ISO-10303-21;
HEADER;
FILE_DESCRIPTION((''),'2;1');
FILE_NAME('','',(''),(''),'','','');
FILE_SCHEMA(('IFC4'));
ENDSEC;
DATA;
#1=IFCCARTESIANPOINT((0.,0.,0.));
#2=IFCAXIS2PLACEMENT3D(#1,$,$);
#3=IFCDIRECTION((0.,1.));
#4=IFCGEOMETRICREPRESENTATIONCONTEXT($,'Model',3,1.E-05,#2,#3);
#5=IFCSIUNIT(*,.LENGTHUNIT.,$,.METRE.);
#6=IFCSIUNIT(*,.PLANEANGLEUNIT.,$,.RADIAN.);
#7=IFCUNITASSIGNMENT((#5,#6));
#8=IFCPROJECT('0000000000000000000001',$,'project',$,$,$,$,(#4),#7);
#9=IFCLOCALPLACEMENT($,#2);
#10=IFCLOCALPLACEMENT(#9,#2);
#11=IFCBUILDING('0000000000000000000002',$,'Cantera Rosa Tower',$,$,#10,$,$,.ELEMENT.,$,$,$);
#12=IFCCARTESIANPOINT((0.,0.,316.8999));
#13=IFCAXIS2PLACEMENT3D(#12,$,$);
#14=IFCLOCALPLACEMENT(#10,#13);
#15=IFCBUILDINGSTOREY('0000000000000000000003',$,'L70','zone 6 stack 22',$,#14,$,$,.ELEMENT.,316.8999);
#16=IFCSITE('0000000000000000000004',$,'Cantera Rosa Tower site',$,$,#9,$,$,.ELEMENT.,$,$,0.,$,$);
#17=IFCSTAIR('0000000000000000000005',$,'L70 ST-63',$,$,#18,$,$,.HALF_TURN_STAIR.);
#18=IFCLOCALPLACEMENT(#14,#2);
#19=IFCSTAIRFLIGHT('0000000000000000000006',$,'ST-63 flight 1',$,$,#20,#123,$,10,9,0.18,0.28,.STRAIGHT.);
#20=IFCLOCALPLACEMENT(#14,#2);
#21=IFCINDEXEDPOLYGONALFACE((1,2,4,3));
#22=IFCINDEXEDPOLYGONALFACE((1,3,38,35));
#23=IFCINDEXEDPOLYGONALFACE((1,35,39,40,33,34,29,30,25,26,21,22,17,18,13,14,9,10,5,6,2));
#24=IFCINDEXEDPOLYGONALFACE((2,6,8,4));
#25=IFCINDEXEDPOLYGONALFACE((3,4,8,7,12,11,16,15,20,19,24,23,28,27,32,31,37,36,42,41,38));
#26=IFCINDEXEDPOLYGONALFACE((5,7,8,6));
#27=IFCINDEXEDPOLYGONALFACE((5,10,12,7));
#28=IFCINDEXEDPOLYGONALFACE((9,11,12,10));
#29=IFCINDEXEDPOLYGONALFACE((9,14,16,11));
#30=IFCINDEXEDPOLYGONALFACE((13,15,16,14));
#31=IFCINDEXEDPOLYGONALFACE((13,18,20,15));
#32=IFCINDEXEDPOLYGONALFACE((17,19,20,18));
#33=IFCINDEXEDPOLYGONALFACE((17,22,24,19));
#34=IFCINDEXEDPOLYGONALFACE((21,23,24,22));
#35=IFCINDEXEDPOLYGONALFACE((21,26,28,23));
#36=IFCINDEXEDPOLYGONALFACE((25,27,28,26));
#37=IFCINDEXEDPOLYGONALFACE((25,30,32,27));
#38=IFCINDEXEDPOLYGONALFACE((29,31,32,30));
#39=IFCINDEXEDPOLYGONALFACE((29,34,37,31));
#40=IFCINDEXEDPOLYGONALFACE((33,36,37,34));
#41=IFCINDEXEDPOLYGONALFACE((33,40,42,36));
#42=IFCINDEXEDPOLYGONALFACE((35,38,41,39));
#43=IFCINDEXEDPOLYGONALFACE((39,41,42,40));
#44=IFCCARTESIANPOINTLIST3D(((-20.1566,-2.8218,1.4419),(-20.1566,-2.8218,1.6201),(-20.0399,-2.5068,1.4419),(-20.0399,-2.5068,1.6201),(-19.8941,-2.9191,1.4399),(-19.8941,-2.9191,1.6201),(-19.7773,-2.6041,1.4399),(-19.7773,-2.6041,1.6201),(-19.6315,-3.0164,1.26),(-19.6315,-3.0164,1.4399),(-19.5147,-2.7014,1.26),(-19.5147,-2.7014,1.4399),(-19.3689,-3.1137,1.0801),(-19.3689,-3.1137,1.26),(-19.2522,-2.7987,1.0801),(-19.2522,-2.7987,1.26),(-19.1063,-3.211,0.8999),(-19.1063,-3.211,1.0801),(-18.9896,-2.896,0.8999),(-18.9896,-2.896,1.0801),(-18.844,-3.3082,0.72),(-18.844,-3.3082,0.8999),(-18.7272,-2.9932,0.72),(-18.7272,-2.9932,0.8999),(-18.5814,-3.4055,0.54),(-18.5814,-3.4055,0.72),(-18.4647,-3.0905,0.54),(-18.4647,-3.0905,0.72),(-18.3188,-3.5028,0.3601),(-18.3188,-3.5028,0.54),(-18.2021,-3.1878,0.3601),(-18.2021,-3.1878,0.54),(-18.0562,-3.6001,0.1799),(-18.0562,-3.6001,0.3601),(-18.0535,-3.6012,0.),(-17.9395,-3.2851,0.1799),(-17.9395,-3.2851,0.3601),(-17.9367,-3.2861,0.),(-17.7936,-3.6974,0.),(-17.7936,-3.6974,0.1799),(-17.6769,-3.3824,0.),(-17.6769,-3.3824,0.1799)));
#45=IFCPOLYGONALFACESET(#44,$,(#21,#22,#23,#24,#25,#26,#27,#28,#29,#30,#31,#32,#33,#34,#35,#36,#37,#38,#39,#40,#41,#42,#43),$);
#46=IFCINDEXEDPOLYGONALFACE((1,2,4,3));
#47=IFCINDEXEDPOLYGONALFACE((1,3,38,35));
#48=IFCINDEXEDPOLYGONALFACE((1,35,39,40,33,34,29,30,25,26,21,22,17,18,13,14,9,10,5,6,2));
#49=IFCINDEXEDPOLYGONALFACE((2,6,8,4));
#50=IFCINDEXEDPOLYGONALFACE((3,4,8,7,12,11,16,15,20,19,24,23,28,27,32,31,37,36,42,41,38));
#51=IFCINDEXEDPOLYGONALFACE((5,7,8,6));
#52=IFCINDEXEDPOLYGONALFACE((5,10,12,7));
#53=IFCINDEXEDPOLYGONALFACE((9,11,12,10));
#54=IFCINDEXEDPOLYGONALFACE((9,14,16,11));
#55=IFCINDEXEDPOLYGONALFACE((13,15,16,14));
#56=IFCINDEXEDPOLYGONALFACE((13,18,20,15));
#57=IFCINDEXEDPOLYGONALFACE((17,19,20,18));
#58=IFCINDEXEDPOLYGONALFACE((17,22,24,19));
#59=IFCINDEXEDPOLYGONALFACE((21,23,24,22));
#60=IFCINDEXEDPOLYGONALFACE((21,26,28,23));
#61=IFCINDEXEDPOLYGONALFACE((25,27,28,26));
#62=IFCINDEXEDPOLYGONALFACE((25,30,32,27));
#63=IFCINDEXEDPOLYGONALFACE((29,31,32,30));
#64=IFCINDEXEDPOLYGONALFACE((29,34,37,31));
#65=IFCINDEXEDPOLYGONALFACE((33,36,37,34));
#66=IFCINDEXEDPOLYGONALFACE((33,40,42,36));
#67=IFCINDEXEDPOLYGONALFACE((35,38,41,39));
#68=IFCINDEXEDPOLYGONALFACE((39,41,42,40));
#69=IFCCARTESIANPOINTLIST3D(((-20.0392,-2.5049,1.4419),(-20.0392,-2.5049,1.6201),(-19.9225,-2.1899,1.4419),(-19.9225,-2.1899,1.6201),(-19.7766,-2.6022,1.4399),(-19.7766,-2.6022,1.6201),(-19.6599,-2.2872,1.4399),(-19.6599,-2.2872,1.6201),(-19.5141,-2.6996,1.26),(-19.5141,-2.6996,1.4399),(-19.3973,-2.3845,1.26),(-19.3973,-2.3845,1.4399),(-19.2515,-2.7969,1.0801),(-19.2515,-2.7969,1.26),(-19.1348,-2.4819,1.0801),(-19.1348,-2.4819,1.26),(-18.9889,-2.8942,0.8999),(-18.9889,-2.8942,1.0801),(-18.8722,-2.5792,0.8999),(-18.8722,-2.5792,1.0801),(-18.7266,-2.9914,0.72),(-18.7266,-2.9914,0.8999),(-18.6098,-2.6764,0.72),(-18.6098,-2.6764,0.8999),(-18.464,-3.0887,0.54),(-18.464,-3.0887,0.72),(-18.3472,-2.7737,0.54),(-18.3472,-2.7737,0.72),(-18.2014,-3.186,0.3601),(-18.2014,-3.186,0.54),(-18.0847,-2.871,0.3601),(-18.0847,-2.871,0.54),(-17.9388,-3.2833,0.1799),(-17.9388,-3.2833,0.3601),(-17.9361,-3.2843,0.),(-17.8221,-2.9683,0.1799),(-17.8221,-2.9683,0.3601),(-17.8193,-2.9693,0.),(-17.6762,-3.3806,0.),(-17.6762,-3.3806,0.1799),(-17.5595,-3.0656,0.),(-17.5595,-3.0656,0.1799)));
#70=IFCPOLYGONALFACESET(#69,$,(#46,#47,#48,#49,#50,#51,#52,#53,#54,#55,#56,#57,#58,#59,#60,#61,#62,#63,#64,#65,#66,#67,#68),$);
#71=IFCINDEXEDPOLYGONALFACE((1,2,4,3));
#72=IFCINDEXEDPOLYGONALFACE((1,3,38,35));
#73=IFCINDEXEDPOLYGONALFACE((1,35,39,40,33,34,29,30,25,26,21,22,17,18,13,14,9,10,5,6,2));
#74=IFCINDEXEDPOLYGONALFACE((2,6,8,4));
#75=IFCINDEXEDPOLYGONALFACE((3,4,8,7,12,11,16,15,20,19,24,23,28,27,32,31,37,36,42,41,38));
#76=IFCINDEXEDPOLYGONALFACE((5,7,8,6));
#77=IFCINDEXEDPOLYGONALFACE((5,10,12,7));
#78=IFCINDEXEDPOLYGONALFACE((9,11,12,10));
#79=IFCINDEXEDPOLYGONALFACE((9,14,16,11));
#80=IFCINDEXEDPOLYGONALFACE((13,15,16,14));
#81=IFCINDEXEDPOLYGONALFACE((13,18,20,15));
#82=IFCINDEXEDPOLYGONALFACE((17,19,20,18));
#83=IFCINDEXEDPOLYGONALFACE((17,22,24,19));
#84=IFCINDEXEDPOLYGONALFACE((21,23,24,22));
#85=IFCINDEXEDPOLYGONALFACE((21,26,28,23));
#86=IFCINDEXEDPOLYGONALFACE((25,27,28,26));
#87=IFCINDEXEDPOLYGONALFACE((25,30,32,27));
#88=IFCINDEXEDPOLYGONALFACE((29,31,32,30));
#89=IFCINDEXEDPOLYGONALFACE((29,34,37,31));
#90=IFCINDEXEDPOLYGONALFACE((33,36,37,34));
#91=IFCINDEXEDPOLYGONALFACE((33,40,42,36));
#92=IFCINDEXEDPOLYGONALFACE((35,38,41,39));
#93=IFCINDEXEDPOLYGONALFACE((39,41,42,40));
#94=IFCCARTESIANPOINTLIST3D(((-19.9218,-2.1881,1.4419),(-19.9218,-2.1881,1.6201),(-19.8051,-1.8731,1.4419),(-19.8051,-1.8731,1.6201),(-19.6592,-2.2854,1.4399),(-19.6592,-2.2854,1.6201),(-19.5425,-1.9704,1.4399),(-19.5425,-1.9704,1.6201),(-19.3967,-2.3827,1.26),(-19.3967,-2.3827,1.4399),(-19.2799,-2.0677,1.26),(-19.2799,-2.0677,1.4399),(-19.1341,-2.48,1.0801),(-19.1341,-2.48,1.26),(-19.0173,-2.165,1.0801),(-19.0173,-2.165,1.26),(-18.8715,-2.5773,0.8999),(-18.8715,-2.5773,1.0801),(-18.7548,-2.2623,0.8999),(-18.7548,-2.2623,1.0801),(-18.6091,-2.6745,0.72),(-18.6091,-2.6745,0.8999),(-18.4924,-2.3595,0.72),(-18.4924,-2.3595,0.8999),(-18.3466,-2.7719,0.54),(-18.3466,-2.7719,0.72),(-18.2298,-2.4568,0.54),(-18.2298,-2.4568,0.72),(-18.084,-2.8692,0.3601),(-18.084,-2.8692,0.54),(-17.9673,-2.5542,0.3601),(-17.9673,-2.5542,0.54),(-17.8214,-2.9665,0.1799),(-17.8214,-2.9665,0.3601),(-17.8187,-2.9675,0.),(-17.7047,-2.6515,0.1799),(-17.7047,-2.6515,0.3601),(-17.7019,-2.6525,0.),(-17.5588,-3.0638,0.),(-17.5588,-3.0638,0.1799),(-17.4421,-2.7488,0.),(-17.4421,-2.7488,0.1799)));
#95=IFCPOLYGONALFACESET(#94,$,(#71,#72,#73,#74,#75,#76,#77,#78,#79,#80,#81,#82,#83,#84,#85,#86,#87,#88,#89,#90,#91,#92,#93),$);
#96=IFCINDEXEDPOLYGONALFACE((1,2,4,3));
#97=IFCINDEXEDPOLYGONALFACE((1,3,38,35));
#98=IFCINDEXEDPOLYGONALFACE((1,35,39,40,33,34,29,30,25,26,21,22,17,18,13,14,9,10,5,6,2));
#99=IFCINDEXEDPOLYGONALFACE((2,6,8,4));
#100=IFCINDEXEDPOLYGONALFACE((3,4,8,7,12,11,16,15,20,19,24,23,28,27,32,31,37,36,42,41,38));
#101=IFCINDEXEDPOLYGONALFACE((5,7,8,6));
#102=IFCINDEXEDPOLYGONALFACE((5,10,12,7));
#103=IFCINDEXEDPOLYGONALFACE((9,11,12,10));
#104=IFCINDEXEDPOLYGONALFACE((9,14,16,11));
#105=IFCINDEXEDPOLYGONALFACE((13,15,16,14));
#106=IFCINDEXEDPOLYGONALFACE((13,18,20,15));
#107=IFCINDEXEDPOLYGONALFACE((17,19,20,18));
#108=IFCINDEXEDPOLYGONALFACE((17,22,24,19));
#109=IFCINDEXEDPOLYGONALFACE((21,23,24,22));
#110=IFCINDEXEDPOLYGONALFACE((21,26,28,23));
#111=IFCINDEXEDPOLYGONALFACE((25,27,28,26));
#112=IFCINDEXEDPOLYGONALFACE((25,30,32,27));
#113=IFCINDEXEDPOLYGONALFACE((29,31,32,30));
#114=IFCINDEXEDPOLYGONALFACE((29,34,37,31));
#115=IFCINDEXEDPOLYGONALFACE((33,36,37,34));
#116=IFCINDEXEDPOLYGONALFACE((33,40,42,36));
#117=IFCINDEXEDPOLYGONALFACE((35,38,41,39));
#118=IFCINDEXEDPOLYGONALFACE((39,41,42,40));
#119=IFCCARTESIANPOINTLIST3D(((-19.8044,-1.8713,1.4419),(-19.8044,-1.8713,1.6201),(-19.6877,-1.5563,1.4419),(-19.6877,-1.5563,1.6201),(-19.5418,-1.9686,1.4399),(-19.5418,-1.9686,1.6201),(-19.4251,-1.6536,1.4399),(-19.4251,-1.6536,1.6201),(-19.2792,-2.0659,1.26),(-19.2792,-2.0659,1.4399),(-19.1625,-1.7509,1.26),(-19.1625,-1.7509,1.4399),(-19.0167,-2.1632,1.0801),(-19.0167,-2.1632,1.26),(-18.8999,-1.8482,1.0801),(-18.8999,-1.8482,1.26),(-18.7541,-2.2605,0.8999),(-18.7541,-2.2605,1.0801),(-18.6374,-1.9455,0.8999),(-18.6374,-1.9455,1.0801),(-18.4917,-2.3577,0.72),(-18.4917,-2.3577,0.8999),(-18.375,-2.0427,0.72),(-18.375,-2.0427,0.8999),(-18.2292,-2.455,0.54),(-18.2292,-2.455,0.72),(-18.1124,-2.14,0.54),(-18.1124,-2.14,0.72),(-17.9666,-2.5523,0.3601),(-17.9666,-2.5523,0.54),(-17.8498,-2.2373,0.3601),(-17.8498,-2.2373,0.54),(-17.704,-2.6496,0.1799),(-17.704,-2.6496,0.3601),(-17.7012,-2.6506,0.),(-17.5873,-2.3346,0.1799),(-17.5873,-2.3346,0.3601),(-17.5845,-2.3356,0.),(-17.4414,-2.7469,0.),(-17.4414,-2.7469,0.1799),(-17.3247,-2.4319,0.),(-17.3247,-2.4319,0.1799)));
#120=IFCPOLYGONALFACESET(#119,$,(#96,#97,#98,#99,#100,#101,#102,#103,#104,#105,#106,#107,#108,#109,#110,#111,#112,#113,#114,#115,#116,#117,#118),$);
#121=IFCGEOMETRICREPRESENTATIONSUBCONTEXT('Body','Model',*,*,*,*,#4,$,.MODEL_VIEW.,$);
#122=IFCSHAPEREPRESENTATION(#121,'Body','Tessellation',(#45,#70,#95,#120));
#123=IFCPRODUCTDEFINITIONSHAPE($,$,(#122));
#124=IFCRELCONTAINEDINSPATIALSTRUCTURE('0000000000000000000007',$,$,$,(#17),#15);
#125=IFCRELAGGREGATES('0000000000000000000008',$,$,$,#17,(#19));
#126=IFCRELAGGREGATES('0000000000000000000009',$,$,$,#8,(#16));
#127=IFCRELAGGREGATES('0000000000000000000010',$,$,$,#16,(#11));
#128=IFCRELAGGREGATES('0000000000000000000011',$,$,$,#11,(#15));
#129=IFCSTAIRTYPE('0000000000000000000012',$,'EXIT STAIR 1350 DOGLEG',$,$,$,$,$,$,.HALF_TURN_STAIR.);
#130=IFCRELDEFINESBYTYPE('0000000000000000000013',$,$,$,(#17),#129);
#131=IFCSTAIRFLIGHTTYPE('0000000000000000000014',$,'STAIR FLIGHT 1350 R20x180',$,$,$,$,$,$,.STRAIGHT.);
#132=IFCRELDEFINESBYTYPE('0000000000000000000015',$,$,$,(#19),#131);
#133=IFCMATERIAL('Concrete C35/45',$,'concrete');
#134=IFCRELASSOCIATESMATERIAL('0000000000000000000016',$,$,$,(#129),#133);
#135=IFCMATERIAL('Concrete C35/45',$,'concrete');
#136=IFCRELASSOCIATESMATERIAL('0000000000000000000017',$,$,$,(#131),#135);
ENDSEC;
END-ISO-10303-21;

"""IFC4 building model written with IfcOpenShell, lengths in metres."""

from ifc_helpers import new_model, si_unit, direction, frame, origin, place, context, subcontext, project, spatial, polyline, outline, extrude, material, type_object, element, aggregate, save


model = new_model("IFC4")

# Units and contexts
model_context = context("Model", 3, precision=1e-05, world=origin(), true_north=direction((0.0, 1.0)))
body_context = subcontext(model_context, "Body", "Model", "MODEL_VIEW")
ifc_project = project(units=[si_unit("LENGTHUNIT", "METRE"), si_unit("PLANEANGLEUNIT", "RADIAN")], contexts=[model_context])

# Site, building, storey
site_placement = place(None, origin())
site = spatial("IfcSite", under=ifc_project, at=site_placement, Name="Cantera Rosa Tower site", CompositionType="ELEMENT", RefElevation=0.0)
building_placement = place(site_placement, origin())
building = spatial("IfcBuilding", under=site, at=building_placement, Name="Cantera Rosa Tower", CompositionType="ELEMENT")
storey_placement = place(building_placement, frame((0.0, 0.0, 316.8999)))
storey = spatial("IfcBuildingStorey", under=building, at=storey_placement, Name="L70", Description="zone 6 stack 22", CompositionType="ELEMENT", Elevation=316.8999)

# Stair, stair flight
ifc_material_1 = material(Name="Concrete C35/45", Category="concrete")
stair_type = type_object("IfcStairType", Name="EXIT STAIR 1350 DOGLEG", PredefinedType="HALF_TURN_STAIR", material=ifc_material_1)
stair_placement = place(storey_placement, origin())
stair = element("IfcStair", 1, at=stair_placement, inside=storey, type_object=stair_type, Name="L70 ST-63", PredefinedType="HALF_TURN_STAIR")
ifc_material_2 = material(Name="Concrete C35/45", Category="concrete")
stair_flight_type = type_object("IfcStairFlightType", Name="STAIR FLIGHT 1350 R20x180", PredefinedType="STRAIGHT", material=ifc_material_2)
stair_flight_1_placement = place(storey_placement, frame((-17.5591, -3.0645, 0.0), z_axis=(0.0, 0.0, 1.0), x_axis=(-0.937687, 0.347481, 0.0)))
stair_flight_1 = element("IfcStairFlight", 2, at=stair_flight_1_placement, type_object=stair_flight_type, Name="ST-63 flight 1", NumberOfRisers=10, NumberOfTreads=9, PredefinedType="STRAIGHT", RiserHeight=0.18, TreadLength=0.28, context=body_context, shape_type="SweptSolid", body=[
    extrude(outline(polyline([(0.0, 0.0), (0.0, 0.1799), (0.28, 0.1799), (0.28, 0.3601), (0.5601, 0.3601), (0.5601, 0.54), (0.8401, 0.54), (0.8401, 0.72), (1.1201, 0.72), (1.1201, 0.8999), (1.3999, 0.8999), (1.3999, 1.0801), (1.6799, 1.0801), (1.6799, 1.26), (1.96, 1.26), (1.96, 1.4399), (2.24, 1.4399), (2.24, 1.6201), (2.52, 1.6201), (2.52, 1.8), (2.52, 1.4419), (0.2771, 0.0), (0.0, 0.0)])), frame((0.0, 0.675, 0.0), z_axis=(0.0, -1.0, 0.0), x_axis=(1.0, 0.0, 0.0)), (0.0, 0.0, 1.0), 0.3359),
    extrude(outline(polyline([(0.0, 0.0), (0.0, 0.1799), (0.28, 0.1799), (0.28, 0.3601), (0.5601, 0.3601), (0.5601, 0.54), (0.8401, 0.54), (0.8401, 0.72), (1.1201, 0.72), (1.1201, 0.8999), (1.3999, 0.8999), (1.3999, 1.0801), (1.6799, 1.0801), (1.6799, 1.26), (1.96, 1.26), (1.96, 1.4399), (2.24, 1.4399), (2.24, 1.6201), (2.52, 1.6201), (2.52, 1.8), (2.52, 1.4419), (0.2771, 0.0), (0.0, 0.0)])), frame((0.0, 0.3372, 0.0), z_axis=(0.0, -1.0, 0.0), x_axis=(1.0, 0.0, 0.0)), (0.0, 0.0, 1.0), 0.3359),
    extrude(outline(polyline([(0.0, 0.0), (0.0, 0.1799), (0.28, 0.1799), (0.28, 0.3601), (0.5601, 0.3601), (0.5601, 0.54), (0.8401, 0.54), (0.8401, 0.72), (1.1201, 0.72), (1.1201, 0.8999), (1.3999, 0.8999), (1.3999, 1.0801), (1.6799, 1.0801), (1.6799, 1.26), (1.96, 1.26), (1.96, 1.4399), (2.24, 1.4399), (2.24, 1.6201), (2.52, 1.6201), (2.52, 1.8), (2.52, 1.4419), (0.2771, 0.0), (0.0, 0.0)])), frame((0.0, -0.0007, 0.0), z_axis=(0.0, -1.0, 0.0), x_axis=(1.0, 0.0, 0.0)), (0.0, 0.0, 1.0), 0.3359),
    extrude(outline(polyline([(0.0, 0.0), (0.0, 0.1799), (0.28, 0.1799), (0.28, 0.3601), (0.5601, 0.3601), (0.5601, 0.54), (0.8401, 0.54), (0.8401, 0.72), (1.1201, 0.72), (1.1201, 0.8999), (1.3999, 0.8999), (1.3999, 1.0801), (1.6799, 1.0801), (1.6799, 1.26), (1.96, 1.26), (1.96, 1.4399), (2.24, 1.4399), (2.24, 1.6201), (2.52, 1.6201), (2.52, 1.8), (2.52, 1.4419), (0.2771, 0.0), (0.0, 0.0)])), frame((0.0, -0.3386, 0.0), z_axis=(0.0, -1.0, 0.0), x_axis=(1.0, 0.0, 0.0)), (0.0, 0.0, 1.0), 0.3359),
])
aggregate(stair, [stair_flight_1])

save(model, "model.ifc")
